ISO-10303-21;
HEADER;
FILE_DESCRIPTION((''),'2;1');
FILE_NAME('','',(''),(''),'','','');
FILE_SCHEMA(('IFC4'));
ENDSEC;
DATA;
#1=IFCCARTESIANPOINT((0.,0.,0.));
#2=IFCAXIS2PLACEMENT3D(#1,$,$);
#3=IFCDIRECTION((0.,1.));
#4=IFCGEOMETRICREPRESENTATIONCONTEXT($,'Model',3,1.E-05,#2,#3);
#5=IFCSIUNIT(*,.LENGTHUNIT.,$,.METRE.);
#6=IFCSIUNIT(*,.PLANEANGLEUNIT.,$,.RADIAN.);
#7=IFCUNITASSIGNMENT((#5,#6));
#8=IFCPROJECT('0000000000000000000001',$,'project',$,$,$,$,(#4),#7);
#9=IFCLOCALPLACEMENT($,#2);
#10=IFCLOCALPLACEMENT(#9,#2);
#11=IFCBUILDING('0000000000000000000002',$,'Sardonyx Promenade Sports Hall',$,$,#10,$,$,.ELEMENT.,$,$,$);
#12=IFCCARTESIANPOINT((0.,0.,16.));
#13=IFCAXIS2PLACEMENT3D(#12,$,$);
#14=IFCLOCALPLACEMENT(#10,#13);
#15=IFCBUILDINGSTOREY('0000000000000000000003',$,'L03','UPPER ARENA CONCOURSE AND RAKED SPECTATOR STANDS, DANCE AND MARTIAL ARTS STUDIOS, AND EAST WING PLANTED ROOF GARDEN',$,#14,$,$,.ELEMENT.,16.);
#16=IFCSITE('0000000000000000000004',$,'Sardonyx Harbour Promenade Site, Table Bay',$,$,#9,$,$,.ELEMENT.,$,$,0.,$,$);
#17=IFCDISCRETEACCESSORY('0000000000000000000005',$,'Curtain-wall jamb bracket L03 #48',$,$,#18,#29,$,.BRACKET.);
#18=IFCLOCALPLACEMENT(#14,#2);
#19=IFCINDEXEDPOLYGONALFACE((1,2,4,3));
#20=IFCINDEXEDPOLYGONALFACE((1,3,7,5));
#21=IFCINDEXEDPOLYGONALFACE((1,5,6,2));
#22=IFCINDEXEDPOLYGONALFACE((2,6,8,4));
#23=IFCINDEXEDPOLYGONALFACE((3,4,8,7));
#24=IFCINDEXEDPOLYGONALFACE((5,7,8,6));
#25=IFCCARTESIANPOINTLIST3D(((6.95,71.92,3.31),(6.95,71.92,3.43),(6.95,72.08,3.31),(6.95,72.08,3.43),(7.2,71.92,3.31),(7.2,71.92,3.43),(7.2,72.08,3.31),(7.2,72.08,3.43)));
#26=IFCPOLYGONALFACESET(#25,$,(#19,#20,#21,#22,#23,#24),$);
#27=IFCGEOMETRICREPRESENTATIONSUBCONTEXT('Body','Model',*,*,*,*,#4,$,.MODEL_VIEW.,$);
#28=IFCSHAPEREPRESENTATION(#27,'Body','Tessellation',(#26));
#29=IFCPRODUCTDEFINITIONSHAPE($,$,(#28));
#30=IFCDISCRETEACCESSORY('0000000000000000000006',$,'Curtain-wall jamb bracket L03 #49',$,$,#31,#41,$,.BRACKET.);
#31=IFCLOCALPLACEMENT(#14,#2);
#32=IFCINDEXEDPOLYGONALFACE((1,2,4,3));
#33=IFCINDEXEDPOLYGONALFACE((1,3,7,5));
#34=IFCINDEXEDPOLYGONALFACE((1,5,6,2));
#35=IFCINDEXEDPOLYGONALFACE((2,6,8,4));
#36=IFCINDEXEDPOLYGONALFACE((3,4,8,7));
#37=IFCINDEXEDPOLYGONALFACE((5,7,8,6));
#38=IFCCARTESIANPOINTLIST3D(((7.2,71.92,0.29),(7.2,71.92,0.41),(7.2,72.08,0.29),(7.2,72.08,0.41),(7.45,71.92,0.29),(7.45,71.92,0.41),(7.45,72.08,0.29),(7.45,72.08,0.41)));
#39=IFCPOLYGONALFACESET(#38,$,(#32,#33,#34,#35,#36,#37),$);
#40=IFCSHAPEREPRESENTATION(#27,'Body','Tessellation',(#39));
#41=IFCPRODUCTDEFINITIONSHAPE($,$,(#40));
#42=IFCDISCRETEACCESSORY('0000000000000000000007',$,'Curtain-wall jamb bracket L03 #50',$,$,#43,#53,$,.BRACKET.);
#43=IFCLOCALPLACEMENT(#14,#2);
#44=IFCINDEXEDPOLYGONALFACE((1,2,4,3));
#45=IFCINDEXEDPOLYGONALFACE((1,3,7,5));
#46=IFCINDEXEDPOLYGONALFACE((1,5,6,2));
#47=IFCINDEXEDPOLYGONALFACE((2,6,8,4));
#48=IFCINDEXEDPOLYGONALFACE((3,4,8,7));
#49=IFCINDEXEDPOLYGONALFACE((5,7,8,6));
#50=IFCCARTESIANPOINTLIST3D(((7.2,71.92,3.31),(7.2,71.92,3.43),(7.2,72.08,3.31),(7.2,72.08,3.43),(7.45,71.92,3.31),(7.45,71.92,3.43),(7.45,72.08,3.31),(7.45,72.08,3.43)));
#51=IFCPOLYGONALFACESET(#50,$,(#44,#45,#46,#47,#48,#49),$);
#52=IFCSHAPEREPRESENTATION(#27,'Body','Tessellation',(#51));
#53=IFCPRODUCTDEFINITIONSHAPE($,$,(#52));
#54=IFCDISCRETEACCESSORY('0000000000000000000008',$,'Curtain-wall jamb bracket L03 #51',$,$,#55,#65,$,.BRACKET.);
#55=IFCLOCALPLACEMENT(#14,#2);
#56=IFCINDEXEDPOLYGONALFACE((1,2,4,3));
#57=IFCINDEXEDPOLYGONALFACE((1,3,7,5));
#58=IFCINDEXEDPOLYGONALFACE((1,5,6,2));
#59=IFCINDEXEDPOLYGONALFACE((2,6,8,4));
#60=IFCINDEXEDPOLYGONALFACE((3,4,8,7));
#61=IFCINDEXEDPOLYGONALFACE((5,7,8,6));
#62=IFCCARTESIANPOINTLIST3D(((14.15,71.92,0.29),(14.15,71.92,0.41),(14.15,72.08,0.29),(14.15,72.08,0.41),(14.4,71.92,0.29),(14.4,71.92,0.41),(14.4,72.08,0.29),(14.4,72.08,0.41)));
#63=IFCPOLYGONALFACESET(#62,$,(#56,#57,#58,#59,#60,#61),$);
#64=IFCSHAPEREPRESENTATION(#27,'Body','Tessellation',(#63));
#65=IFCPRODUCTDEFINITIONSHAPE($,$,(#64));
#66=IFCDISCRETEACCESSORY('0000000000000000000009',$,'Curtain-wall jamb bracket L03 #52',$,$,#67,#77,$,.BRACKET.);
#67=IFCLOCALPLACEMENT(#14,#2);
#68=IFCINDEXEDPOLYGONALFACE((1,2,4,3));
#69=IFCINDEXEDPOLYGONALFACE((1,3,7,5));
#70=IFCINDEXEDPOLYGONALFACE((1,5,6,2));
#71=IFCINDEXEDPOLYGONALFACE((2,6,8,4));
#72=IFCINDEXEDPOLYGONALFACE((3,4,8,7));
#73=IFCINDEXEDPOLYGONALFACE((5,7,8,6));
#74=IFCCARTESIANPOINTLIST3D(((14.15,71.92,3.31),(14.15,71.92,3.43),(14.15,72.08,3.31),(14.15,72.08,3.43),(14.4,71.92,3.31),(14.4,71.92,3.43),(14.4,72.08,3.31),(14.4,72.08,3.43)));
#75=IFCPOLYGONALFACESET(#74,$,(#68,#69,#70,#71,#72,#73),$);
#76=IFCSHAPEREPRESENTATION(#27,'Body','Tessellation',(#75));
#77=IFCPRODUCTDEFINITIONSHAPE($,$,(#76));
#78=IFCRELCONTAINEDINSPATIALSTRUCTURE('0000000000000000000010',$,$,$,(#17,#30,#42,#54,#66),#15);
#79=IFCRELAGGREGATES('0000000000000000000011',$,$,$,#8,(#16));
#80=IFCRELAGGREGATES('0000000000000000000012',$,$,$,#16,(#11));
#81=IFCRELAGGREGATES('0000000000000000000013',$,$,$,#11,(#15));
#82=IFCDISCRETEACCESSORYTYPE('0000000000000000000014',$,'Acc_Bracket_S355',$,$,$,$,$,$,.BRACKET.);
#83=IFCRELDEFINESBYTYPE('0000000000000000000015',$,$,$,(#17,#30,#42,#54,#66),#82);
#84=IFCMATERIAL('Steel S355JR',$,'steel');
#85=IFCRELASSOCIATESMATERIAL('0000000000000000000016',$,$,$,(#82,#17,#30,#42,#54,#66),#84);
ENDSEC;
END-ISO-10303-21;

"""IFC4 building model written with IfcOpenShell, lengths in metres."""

from ifc_helpers import new_model, si_unit, direction, frame, origin, place, context, subcontext, project, spatial, rectangle, extrude, material, type_object, element, save


model = new_model("IFC4")

# Units and contexts
model_context = context("Model", 3, precision=1e-05, world=origin(), true_north=direction((0.0, 1.0)))
body_context = subcontext(model_context, "Body", "Model", "MODEL_VIEW")
ifc_project = project(units=[si_unit("LENGTHUNIT", "METRE"), si_unit("PLANEANGLEUNIT", "RADIAN")], contexts=[model_context])

# Site, building, storey
site_placement = place(None, origin())
site = spatial("IfcSite", under=ifc_project, at=site_placement, Name="Sardonyx Harbour Promenade Site, Table Bay", CompositionType="ELEMENT", RefElevation=0.0)
building_placement = place(site_placement, origin())
building = spatial("IfcBuilding", under=site, at=building_placement, Name="Sardonyx Promenade Sports Hall", CompositionType="ELEMENT")
storey_placement = place(building_placement, frame((0.0, 0.0, 16.0)))
storey = spatial("IfcBuildingStorey", under=building, at=storey_placement, Name="L03", Description="UPPER ARENA CONCOURSE AND RAKED SPECTATOR STANDS, DANCE AND MARTIAL ARTS STUDIOS, AND EAST WING PLANTED ROOF GARDEN", CompositionType="ELEMENT", Elevation=16.0)

# Discrete accessories
ifc_material_1 = material(Name="Steel S355JR", Category="steel")
discrete_accessory_type = type_object("IfcDiscreteAccessoryType", Name="Acc_Bracket_S355", PredefinedType="BRACKET", material=ifc_material_1)
for number, where, z_axis, x_axis, name in (
    (1, (7.075, 72.0, 3.31), (0.0, 0.0, 1.0), (1.0, 0.0, 0.0), "Curtain-wall jamb bracket L03 #48"),
    (2, (7.325, 72.0, 0.29), (0.0, 0.0, 1.0), (1.0, 0.0, 0.0), "Curtain-wall jamb bracket L03 #49"),
    (3, (7.325, 72.0, 3.31), (0.0, 0.0, 1.0), (1.0, 0.0, 0.0), "Curtain-wall jamb bracket L03 #50"),
    (4, (14.275, 72.0, 0.29), (0.0, 0.0, 1.0), (1.0, 0.0, 0.0), "Curtain-wall jamb bracket L03 #51"),
    (5, (14.275, 72.0, 3.31), (0.0, 0.0, 1.0), (1.0, 0.0, 0.0), "Curtain-wall jamb bracket L03 #52"),
):
    element("IfcDiscreteAccessory", number, at=place(storey_placement, frame(where, z_axis=z_axis, x_axis=x_axis)), inside=storey, type_object=discrete_accessory_type, material=ifc_material_1, Name=name, PredefinedType="BRACKET", context=body_context, shape_type="SweptSolid", body=[
        extrude(rectangle(XDim=0.25, YDim=0.16), origin(), (0.0, 0.0, 1.0), 0.12),
    ])

save(model, "model.ifc")
